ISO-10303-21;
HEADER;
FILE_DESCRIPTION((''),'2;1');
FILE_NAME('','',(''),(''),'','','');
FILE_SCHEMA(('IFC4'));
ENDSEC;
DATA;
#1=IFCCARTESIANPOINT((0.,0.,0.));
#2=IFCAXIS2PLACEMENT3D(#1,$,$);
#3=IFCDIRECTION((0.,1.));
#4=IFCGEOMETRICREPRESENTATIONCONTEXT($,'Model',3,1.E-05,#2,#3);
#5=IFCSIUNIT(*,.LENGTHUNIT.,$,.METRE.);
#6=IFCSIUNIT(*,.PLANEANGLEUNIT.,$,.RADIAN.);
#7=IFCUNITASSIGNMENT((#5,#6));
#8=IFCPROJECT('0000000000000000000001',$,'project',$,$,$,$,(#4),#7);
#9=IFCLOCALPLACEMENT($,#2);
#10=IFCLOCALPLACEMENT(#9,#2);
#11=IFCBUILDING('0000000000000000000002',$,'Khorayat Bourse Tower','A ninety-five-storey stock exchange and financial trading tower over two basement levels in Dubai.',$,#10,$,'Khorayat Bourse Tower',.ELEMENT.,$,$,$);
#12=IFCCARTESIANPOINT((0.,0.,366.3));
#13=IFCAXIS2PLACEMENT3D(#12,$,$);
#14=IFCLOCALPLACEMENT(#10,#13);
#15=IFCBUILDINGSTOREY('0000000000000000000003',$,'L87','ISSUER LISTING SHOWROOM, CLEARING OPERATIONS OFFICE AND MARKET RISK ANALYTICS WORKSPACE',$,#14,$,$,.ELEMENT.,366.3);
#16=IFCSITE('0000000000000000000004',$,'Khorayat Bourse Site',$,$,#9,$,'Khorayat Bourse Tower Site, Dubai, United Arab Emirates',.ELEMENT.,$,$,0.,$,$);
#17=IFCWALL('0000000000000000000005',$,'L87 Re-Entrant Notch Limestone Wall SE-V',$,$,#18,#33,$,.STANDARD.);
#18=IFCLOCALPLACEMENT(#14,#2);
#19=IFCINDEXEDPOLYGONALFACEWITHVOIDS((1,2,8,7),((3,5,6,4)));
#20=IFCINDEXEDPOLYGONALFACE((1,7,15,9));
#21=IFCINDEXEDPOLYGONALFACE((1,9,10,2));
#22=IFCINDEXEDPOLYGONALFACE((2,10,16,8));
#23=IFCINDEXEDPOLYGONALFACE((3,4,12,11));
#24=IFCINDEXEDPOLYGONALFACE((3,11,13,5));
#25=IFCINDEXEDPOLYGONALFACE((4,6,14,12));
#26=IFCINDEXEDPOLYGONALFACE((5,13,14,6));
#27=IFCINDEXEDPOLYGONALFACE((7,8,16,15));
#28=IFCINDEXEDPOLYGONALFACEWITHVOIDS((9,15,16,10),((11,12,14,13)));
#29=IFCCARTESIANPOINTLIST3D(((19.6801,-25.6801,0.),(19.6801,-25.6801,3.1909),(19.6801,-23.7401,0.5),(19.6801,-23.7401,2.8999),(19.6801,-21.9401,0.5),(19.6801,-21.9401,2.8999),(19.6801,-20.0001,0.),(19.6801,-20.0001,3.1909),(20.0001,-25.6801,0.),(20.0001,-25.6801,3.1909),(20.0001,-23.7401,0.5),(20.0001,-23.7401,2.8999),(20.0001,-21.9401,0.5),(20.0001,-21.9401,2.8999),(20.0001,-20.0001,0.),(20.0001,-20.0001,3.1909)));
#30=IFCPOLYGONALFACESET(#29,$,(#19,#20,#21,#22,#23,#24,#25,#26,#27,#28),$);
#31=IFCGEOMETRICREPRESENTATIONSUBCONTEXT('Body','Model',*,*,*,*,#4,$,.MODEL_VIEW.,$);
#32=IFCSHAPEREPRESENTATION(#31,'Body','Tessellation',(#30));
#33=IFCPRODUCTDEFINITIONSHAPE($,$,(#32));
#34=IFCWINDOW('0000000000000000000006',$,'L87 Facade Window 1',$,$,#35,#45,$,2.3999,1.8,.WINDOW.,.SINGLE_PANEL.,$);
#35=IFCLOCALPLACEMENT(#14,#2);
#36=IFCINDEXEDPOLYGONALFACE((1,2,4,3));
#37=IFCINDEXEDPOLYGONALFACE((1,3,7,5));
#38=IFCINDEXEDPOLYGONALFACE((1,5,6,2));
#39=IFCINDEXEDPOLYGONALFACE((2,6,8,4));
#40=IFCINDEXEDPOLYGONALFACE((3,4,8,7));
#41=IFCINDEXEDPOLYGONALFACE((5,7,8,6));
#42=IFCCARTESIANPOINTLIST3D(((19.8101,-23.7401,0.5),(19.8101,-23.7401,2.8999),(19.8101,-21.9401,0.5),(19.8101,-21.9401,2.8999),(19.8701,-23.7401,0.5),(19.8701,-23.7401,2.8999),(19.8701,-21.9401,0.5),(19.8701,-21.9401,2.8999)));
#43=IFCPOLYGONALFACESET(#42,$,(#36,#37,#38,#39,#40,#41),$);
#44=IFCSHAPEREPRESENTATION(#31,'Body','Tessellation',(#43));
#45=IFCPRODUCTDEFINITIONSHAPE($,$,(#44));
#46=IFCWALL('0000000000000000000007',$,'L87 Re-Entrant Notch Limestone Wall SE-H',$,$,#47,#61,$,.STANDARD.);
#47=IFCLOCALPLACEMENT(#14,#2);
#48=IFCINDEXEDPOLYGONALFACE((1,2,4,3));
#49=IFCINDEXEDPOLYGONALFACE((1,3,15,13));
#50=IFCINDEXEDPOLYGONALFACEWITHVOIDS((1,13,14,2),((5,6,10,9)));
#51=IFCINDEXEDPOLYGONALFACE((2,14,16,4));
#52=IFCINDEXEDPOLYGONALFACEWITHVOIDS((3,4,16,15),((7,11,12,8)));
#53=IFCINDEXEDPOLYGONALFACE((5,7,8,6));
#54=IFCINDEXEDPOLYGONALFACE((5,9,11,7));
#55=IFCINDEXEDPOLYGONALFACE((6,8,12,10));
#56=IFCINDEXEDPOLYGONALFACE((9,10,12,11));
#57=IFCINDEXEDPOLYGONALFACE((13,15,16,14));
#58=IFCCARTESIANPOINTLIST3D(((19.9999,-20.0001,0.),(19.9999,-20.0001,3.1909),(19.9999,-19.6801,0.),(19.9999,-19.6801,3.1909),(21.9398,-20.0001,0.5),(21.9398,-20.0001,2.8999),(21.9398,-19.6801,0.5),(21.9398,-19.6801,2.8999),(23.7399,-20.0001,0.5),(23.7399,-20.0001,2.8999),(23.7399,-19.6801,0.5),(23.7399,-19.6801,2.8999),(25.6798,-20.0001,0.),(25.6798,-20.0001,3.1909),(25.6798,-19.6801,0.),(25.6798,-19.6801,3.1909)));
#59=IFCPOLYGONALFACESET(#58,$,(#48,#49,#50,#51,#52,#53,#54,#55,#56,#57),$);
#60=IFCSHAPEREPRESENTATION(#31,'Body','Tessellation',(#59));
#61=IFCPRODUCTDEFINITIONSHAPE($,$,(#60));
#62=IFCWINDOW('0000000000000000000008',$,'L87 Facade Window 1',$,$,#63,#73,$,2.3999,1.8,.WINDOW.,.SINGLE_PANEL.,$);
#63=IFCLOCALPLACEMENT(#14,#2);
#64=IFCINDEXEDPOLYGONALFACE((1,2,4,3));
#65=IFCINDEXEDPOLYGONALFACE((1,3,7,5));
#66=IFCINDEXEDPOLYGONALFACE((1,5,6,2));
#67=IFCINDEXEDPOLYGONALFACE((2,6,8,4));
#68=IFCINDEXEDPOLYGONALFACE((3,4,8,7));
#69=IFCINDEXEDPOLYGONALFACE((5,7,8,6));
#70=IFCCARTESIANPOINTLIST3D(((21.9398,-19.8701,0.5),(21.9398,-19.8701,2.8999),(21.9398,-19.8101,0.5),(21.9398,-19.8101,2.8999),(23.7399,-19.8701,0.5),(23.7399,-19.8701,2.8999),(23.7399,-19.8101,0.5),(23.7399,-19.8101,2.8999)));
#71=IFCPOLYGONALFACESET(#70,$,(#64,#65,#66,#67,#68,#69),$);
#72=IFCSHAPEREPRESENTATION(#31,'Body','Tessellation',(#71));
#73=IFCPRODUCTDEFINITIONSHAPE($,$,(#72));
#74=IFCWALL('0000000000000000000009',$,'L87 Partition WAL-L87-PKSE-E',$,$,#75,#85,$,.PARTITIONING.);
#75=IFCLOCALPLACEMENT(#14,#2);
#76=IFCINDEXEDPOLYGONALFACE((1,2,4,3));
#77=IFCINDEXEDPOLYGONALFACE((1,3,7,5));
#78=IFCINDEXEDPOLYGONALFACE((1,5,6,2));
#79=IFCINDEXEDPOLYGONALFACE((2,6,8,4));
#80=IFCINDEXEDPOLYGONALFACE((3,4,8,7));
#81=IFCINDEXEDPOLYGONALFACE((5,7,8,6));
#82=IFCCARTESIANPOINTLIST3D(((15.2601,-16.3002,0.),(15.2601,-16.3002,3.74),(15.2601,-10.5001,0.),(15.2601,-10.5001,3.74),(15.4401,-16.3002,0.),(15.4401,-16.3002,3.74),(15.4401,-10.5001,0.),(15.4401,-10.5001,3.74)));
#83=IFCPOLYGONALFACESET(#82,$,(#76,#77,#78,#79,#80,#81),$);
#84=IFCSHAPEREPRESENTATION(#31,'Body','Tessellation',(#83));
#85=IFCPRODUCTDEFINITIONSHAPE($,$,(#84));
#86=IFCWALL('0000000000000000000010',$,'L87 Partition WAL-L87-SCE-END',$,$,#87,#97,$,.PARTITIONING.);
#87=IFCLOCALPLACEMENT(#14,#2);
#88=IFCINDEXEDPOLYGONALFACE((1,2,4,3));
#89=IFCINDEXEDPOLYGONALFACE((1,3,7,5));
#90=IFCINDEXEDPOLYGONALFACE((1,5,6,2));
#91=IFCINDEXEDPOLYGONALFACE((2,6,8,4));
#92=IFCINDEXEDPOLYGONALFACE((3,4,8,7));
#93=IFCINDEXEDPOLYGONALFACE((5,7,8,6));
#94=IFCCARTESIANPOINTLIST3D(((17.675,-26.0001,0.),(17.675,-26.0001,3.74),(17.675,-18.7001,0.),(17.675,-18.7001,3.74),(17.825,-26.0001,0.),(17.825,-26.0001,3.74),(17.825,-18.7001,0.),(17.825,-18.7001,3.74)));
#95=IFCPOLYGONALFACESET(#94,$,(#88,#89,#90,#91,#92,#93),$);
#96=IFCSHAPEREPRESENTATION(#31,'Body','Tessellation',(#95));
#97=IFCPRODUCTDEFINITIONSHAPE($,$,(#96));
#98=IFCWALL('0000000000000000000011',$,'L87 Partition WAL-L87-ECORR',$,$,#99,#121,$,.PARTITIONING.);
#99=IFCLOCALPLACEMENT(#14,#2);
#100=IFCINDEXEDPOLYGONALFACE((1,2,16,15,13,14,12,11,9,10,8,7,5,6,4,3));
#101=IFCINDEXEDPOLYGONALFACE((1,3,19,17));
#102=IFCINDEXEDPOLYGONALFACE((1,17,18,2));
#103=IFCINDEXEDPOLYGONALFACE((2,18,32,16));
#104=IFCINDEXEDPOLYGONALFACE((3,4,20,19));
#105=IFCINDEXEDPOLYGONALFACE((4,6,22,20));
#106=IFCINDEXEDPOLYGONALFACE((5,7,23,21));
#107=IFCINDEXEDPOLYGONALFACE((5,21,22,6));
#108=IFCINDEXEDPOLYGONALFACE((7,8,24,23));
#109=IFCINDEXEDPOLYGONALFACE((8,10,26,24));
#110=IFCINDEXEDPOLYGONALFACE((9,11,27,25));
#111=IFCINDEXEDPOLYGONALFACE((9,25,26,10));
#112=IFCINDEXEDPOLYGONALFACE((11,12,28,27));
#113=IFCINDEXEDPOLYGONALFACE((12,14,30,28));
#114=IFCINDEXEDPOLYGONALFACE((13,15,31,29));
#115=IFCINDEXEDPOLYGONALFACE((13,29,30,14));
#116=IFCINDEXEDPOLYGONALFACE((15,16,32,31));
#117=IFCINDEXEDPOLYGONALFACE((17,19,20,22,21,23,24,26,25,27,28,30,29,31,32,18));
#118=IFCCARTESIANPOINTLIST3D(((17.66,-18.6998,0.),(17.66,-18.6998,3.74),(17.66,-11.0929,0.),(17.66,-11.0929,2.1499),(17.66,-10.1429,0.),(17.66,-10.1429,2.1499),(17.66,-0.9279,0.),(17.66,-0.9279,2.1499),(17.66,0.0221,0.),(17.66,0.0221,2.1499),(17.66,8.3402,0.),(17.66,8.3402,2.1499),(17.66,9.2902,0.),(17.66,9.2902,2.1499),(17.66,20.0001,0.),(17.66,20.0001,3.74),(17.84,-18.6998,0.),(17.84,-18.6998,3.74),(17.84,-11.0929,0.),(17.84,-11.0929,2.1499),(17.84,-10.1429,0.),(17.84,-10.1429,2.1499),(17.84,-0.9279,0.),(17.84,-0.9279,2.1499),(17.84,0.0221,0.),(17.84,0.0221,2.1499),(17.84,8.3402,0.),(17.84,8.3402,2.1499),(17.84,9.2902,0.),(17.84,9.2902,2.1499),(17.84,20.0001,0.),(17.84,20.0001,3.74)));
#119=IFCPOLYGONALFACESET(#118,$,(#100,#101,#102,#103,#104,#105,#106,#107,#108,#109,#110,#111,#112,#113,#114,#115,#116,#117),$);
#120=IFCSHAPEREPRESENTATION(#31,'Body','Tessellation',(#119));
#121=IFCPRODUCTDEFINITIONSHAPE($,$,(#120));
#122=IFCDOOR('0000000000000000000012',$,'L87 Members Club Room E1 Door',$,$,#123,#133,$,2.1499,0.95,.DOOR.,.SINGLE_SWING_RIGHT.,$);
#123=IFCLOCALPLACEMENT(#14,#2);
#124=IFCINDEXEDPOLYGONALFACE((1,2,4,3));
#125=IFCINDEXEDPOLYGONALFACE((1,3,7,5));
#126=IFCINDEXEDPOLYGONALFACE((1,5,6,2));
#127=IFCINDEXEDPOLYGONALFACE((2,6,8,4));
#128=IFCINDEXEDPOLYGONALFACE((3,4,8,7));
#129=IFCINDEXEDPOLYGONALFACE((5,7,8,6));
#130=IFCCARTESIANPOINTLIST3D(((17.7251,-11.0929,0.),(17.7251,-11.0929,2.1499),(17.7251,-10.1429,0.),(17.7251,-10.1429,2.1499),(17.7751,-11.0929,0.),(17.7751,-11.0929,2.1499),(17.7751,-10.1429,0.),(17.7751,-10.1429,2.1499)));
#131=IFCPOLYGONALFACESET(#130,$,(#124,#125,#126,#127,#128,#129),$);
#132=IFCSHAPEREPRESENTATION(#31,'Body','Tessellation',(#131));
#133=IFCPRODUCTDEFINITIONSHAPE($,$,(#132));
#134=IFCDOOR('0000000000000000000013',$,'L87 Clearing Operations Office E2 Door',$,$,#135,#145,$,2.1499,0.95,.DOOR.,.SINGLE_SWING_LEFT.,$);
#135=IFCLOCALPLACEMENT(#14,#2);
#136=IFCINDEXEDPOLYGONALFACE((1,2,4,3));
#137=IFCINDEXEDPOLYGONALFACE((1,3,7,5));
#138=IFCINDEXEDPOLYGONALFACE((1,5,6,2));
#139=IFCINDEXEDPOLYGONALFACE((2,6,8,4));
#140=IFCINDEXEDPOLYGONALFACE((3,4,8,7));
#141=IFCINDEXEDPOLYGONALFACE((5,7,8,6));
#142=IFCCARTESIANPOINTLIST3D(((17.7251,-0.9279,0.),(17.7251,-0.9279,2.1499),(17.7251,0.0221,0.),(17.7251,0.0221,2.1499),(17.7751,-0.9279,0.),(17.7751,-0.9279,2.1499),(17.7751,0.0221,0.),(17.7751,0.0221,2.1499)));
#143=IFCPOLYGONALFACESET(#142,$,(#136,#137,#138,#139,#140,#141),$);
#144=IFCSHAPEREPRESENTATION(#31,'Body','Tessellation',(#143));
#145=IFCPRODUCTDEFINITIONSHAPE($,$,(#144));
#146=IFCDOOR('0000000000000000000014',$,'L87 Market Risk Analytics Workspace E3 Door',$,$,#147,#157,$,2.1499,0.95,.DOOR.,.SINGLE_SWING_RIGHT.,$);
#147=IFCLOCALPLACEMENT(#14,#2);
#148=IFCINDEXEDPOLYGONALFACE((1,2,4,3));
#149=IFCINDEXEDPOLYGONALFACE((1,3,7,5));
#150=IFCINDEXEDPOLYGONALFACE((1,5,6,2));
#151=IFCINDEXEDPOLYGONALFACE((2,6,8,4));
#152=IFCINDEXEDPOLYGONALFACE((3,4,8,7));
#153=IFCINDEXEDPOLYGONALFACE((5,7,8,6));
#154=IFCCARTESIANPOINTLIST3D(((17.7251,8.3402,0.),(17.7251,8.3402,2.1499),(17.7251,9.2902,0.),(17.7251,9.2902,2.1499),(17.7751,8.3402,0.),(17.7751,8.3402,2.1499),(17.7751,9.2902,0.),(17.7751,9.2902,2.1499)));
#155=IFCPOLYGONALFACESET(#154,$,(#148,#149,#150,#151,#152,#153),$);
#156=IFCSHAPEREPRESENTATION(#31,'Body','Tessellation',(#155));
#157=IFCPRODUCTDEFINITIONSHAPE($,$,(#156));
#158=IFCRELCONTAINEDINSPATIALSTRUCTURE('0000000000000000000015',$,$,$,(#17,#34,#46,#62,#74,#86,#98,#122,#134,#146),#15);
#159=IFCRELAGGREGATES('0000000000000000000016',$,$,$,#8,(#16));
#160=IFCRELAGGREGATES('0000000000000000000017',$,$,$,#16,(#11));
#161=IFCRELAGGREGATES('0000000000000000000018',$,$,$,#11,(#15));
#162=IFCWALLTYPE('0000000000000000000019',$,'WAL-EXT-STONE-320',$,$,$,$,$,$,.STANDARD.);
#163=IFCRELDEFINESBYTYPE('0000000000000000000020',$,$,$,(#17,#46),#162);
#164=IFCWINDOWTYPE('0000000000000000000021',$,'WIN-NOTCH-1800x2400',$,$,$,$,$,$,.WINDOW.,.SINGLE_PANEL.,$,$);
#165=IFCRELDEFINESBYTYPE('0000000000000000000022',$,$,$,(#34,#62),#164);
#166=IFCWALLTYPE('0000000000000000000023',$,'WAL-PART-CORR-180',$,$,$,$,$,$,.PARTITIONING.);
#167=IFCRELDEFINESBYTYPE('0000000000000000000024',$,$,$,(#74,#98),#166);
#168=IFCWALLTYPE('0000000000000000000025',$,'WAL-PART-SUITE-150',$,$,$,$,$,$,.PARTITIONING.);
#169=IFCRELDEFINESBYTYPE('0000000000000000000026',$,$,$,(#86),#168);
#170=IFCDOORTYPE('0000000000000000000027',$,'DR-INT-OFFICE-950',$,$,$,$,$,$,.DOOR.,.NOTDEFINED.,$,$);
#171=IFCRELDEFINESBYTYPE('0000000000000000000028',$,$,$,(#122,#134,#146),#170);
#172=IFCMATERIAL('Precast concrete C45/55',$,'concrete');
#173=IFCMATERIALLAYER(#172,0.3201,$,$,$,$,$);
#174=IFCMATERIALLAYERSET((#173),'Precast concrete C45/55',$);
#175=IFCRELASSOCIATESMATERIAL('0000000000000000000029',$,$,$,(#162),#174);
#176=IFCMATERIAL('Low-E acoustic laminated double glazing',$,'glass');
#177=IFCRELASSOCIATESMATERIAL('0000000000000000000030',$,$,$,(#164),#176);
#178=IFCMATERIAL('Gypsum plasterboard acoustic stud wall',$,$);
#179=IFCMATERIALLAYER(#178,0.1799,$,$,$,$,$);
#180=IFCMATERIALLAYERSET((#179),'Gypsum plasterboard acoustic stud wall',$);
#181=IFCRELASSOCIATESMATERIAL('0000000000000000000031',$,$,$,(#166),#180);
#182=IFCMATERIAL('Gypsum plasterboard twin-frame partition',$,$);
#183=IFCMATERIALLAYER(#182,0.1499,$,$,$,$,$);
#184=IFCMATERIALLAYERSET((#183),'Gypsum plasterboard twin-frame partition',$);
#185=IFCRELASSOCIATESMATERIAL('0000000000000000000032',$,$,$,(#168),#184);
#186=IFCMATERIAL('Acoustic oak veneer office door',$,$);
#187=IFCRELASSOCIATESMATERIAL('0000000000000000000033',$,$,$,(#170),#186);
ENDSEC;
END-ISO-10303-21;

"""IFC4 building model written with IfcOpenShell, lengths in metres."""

from ifc_helpers import new_model, si_unit, direction, frame, frame_2d, origin, place, context, subcontext, project, spatial, rectangle, extrude, source, transform, mapped, material, layer, layer_set, type_object, element, fill, save


model = new_model("IFC4")

# Units and contexts
model_context = context("Model", 3, precision=1e-05, world=origin(), true_north=direction((0.0, 1.0)))
body_context = subcontext(model_context, "Body", "Model", "MODEL_VIEW")
ifc_project = project(units=[si_unit("LENGTHUNIT", "METRE"), si_unit("PLANEANGLEUNIT", "RADIAN")], contexts=[model_context])

# Site, building, storey
site_placement = place(None, origin())
site = spatial("IfcSite", under=ifc_project, at=site_placement, Name="Khorayat Bourse Site", LongName="Khorayat Bourse Tower Site, Dubai, United Arab Emirates", CompositionType="ELEMENT", RefElevation=0.0)
building_placement = place(site_placement, origin())
building = spatial("IfcBuilding", under=site, at=building_placement, Name="Khorayat Bourse Tower", Description="A ninety-five-storey stock exchange and financial trading tower over two basement levels in Dubai.", LongName="Khorayat Bourse Tower", CompositionType="ELEMENT")
storey_placement = place(building_placement, frame((0.0, 0.0, 366.3)))
storey = spatial("IfcBuildingStorey", under=building, at=storey_placement, Name="L87", Description="ISSUER LISTING SHOWROOM, CLEARING OPERATIONS OFFICE AND MARKET RISK ANALYTICS WORKSPACE", CompositionType="ELEMENT", Elevation=366.3)

# Walls, openings, windows
ifc_material_1 = material(Name="Precast concrete C45/55", Category="concrete")
ifc_layer_1 = layer(ifc_material_1, 0.3201)
ifc_layer_set_1 = layer_set([ifc_layer_1], Name="Precast concrete C45/55")
wall_type_1 = type_object("IfcWallType", Name="WAL-EXT-STONE-320", PredefinedType="STANDARD", material=ifc_layer_set_1)
shared_shape_1 = source(origin(), body_context, "Body", "SweptSolid", [
    extrude(rectangle(XDim=5.6799, YDim=0.3201, at=frame_2d((2.8398, 0.0))), origin(), (0.0, 0.0, 1.0), 3.1909),
])
wall_1_placement = place(storey_placement, frame((19.8401, -25.6799, 0.0), z_axis=(0.0, 0.0, 1.0), x_axis=(0.0, 1.0, 0.0)))
wall_1 = element("IfcWall", 1, at=wall_1_placement, inside=storey, type_object=wall_type_1, Name="L87 Re-Entrant Notch Limestone Wall SE-V", PredefinedType="STANDARD", context=body_context, shape_type="MappedRepresentation", body=[
    mapped(shared_shape_1, transform((0.0, 0.0, 0.0), scale=1.0)),
])
shared_shape_2 = source(origin(), body_context, "Body", "SweptSolid", [
    extrude(rectangle(XDim=1.8, YDim=2.3999, at=frame_2d((0.8999, 1.2))), frame((0.0, 0.1699, 0.0), z_axis=(0.0, -1.0, 0.0), x_axis=(1.0, 0.0, 0.0)), (0.0, 0.0, 1.0), 0.3401),
])
opening_1_placement = place(wall_1_placement, frame((1.9399, 0.0, 0.5)))
opening_1 = element("IfcOpeningElement", 2, at=opening_1_placement, cuts=wall_1, PredefinedType="OPENING", context=body_context, shape_type="MappedRepresentation", body=[
    mapped(shared_shape_2, transform((0.0, 0.0, 0.0), scale=1.0)),
])
ifc_material_2 = material(Name="Low-E acoustic laminated double glazing", Category="glass")
window_type = type_object("IfcWindowType", Name="WIN-NOTCH-1800x2400", PartitioningType="SINGLE_PANEL", PredefinedType="WINDOW", material=ifc_material_2)
shared_shape_3 = source(origin(), body_context, "Body", "SweptSolid", [
    extrude(rectangle(XDim=1.8, YDim=2.3999, at=frame_2d((0.8999, 1.2))), frame((0.0, 0.03, 0.0), z_axis=(0.0, -1.0, 0.0), x_axis=(1.0, 0.0, 0.0)), (0.0, 0.0, 1.0), 0.0601),
])
window_1_placement = place(opening_1_placement, origin())
window_1 = element("IfcWindow", 3, at=window_1_placement, inside=storey, type_object=window_type, Name="L87 Facade Window 1", OverallHeight=2.3999, OverallWidth=1.8, PartitioningType="SINGLE_PANEL", PredefinedType="WINDOW", context=body_context, shape_type="MappedRepresentation", body=[
    mapped(shared_shape_3, transform((0.0, 0.0, 0.0), scale=1.0)),
])
fill(opening_1, window_1)
wall_2_placement = place(storey_placement, frame((20.0, -19.8401, 0.0), z_axis=(0.0, 0.0, 1.0), x_axis=(1.0, 0.0, 0.0)))
wall_2 = element("IfcWall", 4, at=wall_2_placement, inside=storey, type_object=wall_type_1, Name="L87 Re-Entrant Notch Limestone Wall SE-H", PredefinedType="STANDARD", context=body_context, shape_type="MappedRepresentation", body=[
    mapped(shared_shape_1, transform((0.0, 0.0, 0.0), scale=1.0)),
])
opening_2_placement = place(wall_2_placement, frame((1.9399, 0.0, 0.5)))
opening_2 = element("IfcOpeningElement", 5, at=opening_2_placement, cuts=wall_2, PredefinedType="OPENING", context=body_context, shape_type="MappedRepresentation", body=[
    mapped(shared_shape_2, transform((0.0, 0.0, 0.0), scale=1.0)),
])
window_2_placement = place(opening_2_placement, origin())
window_2 = element("IfcWindow", 6, at=window_2_placement, inside=storey, type_object=window_type, Name="L87 Facade Window 1", OverallHeight=2.3999, OverallWidth=1.8, PartitioningType="SINGLE_PANEL", PredefinedType="WINDOW", context=body_context, shape_type="MappedRepresentation", body=[
    mapped(shared_shape_3, transform((0.0, 0.0, 0.0), scale=1.0)),
])
fill(opening_2, window_2)

# Walls
ifc_material_3 = material(Name="Gypsum plasterboard acoustic stud wall")
ifc_layer_2 = layer(ifc_material_3, 0.1799)
ifc_layer_set_2 = layer_set([ifc_layer_2], Name="Gypsum plasterboard acoustic stud wall")
wall_type_2 = type_object("IfcWallType", Name="WAL-PART-CORR-180", PredefinedType="PARTITIONING", material=ifc_layer_set_2)
shared_shape_4 = source(origin(), body_context, "Body", "SweptSolid", [
    extrude(rectangle(XDim=5.8, YDim=0.1799, at=frame_2d((2.8999, 0.0))), origin(), (0.0, 0.0, 1.0), 3.74),
])
wall_3_placement = place(storey_placement, frame((15.3501, -16.3, 0.0), z_axis=(0.0, 0.0, 1.0), x_axis=(0.0, 1.0, 0.0)))
element("IfcWall", 7, at=wall_3_placement, inside=storey, type_object=wall_type_2, Name="L87 Partition WAL-L87-PKSE-E", PredefinedType="PARTITIONING", context=body_context, shape_type="MappedRepresentation", body=[
    mapped(shared_shape_4, transform((0.0, 0.0, 0.0), scale=1.0)),
])
ifc_material_4 = material(Name="Gypsum plasterboard twin-frame partition")
ifc_layer_3 = layer(ifc_material_4, 0.1499)
ifc_layer_set_3 = layer_set([ifc_layer_3], Name="Gypsum plasterboard twin-frame partition")
wall_type_3 = type_object("IfcWallType", Name="WAL-PART-SUITE-150", PredefinedType="PARTITIONING", material=ifc_layer_set_3)
shared_shape_5 = source(origin(), body_context, "Body", "SweptSolid", [
    extrude(rectangle(XDim=7.3, YDim=0.1499, at=frame_2d((3.6499, 0.0))), origin(), (0.0, 0.0, 1.0), 3.74),
])
wall_4_placement = place(storey_placement, frame((17.75, -26.0, 0.0), z_axis=(0.0, 0.0, 1.0), x_axis=(0.0, 1.0, 0.0)))
element("IfcWall", 8, at=wall_4_placement, inside=storey, type_object=wall_type_3, Name="L87 Partition WAL-L87-SCE-END", PredefinedType="PARTITIONING", context=body_context, shape_type="MappedRepresentation", body=[
    mapped(shared_shape_5, transform((0.0, 0.0, 0.0), scale=1.0)),
])

# Wall, openings, doors
shared_shape_6 = source(origin(), body_context, "Body", "SweptSolid", [
    extrude(rectangle(XDim=38.7, YDim=0.1799, at=frame_2d((19.3501, 0.0))), origin(), (0.0, 0.0, 1.0), 3.74),
])
wall_5_placement = place(storey_placement, frame((17.75, -18.7, 0.0), z_axis=(0.0, 0.0, 1.0), x_axis=(0.0, 1.0, 0.0)))
wall_5 = element("IfcWall", 9, at=wall_5_placement, inside=storey, type_object=wall_type_2, Name="L87 Partition WAL-L87-ECORR", PredefinedType="PARTITIONING", context=body_context, shape_type="MappedRepresentation", body=[
    mapped(shared_shape_6, transform((0.0, 0.0, 0.0), scale=1.0)),
])
shared_shape_7 = source(origin(), body_context, "Body", "SweptSolid", [
    extrude(rectangle(XDim=0.95, YDim=2.1499, at=frame_2d((0.4751, 1.075))), frame((0.0, 0.0999, 0.0), z_axis=(0.0, -1.0, 0.0), x_axis=(1.0, 0.0, 0.0)), (0.0, 0.0, 1.0), 0.2),
])
opening_3_placement = place(wall_5_placement, frame((7.6069, 0.0, 0.0)))
opening_3 = element("IfcOpeningElement", 10, at=opening_3_placement, cuts=wall_5, PredefinedType="OPENING", context=body_context, shape_type="MappedRepresentation", body=[
    mapped(shared_shape_7, transform((0.0, 0.0, 0.0), scale=1.0)),
])
opening_4_placement = place(wall_5_placement, frame((17.772, 0.0, 0.0)))
opening_4 = element("IfcOpeningElement", 11, at=opening_4_placement, cuts=wall_5, PredefinedType="OPENING", context=body_context, shape_type="MappedRepresentation", body=[
    mapped(shared_shape_7, transform((0.0, 0.0, 0.0), scale=1.0)),
])
opening_5_placement = place(wall_5_placement, frame((27.04, 0.0, 0.0)))
opening_5 = element("IfcOpeningElement", 12, at=opening_5_placement, cuts=wall_5, PredefinedType="OPENING", context=body_context, shape_type="MappedRepresentation", body=[
    mapped(shared_shape_7, transform((0.0, 0.0, 0.0), scale=1.0)),
])
ifc_material_5 = material(Name="Acoustic oak veneer office door")
door_type = type_object("IfcDoorType", Name="DR-INT-OFFICE-950", OperationType="NOTDEFINED", PredefinedType="DOOR", material=ifc_material_5)
shared_shape_8 = source(origin(), body_context, "Body", "SweptSolid", [
    extrude(rectangle(XDim=0.95, YDim=2.1499, at=frame_2d((0.4751, 1.075))), frame((0.0, 0.0249, 0.0), z_axis=(0.0, -1.0, 0.0), x_axis=(1.0, 0.0, 0.0)), (0.0, 0.0, 1.0), 0.05),
])
door_1_placement = place(opening_3_placement, origin())
door_1 = element("IfcDoor", 13, at=door_1_placement, inside=storey, type_object=door_type, Name="L87 Members Club Room E1 Door", OperationType="SINGLE_SWING_RIGHT", OverallHeight=2.1499, OverallWidth=0.95, PredefinedType="DOOR", context=body_context, shape_type="MappedRepresentation", body=[
    mapped(shared_shape_8, transform((0.0, 0.0, 0.0), scale=1.0)),
])
fill(opening_3, door_1)
door_2_placement = place(opening_4_placement, origin())
door_2 = element("IfcDoor", 14, at=door_2_placement, inside=storey, type_object=door_type, Name="L87 Clearing Operations Office E2 Door", OperationType="SINGLE_SWING_LEFT", OverallHeight=2.1499, OverallWidth=0.95, PredefinedType="DOOR", context=body_context, shape_type="MappedRepresentation", body=[
    mapped(shared_shape_8, transform((0.0, 0.0, 0.0), scale=1.0)),
])
fill(opening_4, door_2)
door_3_placement = place(opening_5_placement, origin())
door_3 = element("IfcDoor", 15, at=door_3_placement, inside=storey, type_object=door_type, Name="L87 Market Risk Analytics Workspace E3 Door", OperationType="SINGLE_SWING_RIGHT", OverallHeight=2.1499, OverallWidth=0.95, PredefinedType="DOOR", context=body_context, shape_type="MappedRepresentation", body=[
    mapped(shared_shape_8, transform((0.0, 0.0, 0.0), scale=1.0)),
])
fill(opening_5, door_3)

save(model, "model.ifc")
